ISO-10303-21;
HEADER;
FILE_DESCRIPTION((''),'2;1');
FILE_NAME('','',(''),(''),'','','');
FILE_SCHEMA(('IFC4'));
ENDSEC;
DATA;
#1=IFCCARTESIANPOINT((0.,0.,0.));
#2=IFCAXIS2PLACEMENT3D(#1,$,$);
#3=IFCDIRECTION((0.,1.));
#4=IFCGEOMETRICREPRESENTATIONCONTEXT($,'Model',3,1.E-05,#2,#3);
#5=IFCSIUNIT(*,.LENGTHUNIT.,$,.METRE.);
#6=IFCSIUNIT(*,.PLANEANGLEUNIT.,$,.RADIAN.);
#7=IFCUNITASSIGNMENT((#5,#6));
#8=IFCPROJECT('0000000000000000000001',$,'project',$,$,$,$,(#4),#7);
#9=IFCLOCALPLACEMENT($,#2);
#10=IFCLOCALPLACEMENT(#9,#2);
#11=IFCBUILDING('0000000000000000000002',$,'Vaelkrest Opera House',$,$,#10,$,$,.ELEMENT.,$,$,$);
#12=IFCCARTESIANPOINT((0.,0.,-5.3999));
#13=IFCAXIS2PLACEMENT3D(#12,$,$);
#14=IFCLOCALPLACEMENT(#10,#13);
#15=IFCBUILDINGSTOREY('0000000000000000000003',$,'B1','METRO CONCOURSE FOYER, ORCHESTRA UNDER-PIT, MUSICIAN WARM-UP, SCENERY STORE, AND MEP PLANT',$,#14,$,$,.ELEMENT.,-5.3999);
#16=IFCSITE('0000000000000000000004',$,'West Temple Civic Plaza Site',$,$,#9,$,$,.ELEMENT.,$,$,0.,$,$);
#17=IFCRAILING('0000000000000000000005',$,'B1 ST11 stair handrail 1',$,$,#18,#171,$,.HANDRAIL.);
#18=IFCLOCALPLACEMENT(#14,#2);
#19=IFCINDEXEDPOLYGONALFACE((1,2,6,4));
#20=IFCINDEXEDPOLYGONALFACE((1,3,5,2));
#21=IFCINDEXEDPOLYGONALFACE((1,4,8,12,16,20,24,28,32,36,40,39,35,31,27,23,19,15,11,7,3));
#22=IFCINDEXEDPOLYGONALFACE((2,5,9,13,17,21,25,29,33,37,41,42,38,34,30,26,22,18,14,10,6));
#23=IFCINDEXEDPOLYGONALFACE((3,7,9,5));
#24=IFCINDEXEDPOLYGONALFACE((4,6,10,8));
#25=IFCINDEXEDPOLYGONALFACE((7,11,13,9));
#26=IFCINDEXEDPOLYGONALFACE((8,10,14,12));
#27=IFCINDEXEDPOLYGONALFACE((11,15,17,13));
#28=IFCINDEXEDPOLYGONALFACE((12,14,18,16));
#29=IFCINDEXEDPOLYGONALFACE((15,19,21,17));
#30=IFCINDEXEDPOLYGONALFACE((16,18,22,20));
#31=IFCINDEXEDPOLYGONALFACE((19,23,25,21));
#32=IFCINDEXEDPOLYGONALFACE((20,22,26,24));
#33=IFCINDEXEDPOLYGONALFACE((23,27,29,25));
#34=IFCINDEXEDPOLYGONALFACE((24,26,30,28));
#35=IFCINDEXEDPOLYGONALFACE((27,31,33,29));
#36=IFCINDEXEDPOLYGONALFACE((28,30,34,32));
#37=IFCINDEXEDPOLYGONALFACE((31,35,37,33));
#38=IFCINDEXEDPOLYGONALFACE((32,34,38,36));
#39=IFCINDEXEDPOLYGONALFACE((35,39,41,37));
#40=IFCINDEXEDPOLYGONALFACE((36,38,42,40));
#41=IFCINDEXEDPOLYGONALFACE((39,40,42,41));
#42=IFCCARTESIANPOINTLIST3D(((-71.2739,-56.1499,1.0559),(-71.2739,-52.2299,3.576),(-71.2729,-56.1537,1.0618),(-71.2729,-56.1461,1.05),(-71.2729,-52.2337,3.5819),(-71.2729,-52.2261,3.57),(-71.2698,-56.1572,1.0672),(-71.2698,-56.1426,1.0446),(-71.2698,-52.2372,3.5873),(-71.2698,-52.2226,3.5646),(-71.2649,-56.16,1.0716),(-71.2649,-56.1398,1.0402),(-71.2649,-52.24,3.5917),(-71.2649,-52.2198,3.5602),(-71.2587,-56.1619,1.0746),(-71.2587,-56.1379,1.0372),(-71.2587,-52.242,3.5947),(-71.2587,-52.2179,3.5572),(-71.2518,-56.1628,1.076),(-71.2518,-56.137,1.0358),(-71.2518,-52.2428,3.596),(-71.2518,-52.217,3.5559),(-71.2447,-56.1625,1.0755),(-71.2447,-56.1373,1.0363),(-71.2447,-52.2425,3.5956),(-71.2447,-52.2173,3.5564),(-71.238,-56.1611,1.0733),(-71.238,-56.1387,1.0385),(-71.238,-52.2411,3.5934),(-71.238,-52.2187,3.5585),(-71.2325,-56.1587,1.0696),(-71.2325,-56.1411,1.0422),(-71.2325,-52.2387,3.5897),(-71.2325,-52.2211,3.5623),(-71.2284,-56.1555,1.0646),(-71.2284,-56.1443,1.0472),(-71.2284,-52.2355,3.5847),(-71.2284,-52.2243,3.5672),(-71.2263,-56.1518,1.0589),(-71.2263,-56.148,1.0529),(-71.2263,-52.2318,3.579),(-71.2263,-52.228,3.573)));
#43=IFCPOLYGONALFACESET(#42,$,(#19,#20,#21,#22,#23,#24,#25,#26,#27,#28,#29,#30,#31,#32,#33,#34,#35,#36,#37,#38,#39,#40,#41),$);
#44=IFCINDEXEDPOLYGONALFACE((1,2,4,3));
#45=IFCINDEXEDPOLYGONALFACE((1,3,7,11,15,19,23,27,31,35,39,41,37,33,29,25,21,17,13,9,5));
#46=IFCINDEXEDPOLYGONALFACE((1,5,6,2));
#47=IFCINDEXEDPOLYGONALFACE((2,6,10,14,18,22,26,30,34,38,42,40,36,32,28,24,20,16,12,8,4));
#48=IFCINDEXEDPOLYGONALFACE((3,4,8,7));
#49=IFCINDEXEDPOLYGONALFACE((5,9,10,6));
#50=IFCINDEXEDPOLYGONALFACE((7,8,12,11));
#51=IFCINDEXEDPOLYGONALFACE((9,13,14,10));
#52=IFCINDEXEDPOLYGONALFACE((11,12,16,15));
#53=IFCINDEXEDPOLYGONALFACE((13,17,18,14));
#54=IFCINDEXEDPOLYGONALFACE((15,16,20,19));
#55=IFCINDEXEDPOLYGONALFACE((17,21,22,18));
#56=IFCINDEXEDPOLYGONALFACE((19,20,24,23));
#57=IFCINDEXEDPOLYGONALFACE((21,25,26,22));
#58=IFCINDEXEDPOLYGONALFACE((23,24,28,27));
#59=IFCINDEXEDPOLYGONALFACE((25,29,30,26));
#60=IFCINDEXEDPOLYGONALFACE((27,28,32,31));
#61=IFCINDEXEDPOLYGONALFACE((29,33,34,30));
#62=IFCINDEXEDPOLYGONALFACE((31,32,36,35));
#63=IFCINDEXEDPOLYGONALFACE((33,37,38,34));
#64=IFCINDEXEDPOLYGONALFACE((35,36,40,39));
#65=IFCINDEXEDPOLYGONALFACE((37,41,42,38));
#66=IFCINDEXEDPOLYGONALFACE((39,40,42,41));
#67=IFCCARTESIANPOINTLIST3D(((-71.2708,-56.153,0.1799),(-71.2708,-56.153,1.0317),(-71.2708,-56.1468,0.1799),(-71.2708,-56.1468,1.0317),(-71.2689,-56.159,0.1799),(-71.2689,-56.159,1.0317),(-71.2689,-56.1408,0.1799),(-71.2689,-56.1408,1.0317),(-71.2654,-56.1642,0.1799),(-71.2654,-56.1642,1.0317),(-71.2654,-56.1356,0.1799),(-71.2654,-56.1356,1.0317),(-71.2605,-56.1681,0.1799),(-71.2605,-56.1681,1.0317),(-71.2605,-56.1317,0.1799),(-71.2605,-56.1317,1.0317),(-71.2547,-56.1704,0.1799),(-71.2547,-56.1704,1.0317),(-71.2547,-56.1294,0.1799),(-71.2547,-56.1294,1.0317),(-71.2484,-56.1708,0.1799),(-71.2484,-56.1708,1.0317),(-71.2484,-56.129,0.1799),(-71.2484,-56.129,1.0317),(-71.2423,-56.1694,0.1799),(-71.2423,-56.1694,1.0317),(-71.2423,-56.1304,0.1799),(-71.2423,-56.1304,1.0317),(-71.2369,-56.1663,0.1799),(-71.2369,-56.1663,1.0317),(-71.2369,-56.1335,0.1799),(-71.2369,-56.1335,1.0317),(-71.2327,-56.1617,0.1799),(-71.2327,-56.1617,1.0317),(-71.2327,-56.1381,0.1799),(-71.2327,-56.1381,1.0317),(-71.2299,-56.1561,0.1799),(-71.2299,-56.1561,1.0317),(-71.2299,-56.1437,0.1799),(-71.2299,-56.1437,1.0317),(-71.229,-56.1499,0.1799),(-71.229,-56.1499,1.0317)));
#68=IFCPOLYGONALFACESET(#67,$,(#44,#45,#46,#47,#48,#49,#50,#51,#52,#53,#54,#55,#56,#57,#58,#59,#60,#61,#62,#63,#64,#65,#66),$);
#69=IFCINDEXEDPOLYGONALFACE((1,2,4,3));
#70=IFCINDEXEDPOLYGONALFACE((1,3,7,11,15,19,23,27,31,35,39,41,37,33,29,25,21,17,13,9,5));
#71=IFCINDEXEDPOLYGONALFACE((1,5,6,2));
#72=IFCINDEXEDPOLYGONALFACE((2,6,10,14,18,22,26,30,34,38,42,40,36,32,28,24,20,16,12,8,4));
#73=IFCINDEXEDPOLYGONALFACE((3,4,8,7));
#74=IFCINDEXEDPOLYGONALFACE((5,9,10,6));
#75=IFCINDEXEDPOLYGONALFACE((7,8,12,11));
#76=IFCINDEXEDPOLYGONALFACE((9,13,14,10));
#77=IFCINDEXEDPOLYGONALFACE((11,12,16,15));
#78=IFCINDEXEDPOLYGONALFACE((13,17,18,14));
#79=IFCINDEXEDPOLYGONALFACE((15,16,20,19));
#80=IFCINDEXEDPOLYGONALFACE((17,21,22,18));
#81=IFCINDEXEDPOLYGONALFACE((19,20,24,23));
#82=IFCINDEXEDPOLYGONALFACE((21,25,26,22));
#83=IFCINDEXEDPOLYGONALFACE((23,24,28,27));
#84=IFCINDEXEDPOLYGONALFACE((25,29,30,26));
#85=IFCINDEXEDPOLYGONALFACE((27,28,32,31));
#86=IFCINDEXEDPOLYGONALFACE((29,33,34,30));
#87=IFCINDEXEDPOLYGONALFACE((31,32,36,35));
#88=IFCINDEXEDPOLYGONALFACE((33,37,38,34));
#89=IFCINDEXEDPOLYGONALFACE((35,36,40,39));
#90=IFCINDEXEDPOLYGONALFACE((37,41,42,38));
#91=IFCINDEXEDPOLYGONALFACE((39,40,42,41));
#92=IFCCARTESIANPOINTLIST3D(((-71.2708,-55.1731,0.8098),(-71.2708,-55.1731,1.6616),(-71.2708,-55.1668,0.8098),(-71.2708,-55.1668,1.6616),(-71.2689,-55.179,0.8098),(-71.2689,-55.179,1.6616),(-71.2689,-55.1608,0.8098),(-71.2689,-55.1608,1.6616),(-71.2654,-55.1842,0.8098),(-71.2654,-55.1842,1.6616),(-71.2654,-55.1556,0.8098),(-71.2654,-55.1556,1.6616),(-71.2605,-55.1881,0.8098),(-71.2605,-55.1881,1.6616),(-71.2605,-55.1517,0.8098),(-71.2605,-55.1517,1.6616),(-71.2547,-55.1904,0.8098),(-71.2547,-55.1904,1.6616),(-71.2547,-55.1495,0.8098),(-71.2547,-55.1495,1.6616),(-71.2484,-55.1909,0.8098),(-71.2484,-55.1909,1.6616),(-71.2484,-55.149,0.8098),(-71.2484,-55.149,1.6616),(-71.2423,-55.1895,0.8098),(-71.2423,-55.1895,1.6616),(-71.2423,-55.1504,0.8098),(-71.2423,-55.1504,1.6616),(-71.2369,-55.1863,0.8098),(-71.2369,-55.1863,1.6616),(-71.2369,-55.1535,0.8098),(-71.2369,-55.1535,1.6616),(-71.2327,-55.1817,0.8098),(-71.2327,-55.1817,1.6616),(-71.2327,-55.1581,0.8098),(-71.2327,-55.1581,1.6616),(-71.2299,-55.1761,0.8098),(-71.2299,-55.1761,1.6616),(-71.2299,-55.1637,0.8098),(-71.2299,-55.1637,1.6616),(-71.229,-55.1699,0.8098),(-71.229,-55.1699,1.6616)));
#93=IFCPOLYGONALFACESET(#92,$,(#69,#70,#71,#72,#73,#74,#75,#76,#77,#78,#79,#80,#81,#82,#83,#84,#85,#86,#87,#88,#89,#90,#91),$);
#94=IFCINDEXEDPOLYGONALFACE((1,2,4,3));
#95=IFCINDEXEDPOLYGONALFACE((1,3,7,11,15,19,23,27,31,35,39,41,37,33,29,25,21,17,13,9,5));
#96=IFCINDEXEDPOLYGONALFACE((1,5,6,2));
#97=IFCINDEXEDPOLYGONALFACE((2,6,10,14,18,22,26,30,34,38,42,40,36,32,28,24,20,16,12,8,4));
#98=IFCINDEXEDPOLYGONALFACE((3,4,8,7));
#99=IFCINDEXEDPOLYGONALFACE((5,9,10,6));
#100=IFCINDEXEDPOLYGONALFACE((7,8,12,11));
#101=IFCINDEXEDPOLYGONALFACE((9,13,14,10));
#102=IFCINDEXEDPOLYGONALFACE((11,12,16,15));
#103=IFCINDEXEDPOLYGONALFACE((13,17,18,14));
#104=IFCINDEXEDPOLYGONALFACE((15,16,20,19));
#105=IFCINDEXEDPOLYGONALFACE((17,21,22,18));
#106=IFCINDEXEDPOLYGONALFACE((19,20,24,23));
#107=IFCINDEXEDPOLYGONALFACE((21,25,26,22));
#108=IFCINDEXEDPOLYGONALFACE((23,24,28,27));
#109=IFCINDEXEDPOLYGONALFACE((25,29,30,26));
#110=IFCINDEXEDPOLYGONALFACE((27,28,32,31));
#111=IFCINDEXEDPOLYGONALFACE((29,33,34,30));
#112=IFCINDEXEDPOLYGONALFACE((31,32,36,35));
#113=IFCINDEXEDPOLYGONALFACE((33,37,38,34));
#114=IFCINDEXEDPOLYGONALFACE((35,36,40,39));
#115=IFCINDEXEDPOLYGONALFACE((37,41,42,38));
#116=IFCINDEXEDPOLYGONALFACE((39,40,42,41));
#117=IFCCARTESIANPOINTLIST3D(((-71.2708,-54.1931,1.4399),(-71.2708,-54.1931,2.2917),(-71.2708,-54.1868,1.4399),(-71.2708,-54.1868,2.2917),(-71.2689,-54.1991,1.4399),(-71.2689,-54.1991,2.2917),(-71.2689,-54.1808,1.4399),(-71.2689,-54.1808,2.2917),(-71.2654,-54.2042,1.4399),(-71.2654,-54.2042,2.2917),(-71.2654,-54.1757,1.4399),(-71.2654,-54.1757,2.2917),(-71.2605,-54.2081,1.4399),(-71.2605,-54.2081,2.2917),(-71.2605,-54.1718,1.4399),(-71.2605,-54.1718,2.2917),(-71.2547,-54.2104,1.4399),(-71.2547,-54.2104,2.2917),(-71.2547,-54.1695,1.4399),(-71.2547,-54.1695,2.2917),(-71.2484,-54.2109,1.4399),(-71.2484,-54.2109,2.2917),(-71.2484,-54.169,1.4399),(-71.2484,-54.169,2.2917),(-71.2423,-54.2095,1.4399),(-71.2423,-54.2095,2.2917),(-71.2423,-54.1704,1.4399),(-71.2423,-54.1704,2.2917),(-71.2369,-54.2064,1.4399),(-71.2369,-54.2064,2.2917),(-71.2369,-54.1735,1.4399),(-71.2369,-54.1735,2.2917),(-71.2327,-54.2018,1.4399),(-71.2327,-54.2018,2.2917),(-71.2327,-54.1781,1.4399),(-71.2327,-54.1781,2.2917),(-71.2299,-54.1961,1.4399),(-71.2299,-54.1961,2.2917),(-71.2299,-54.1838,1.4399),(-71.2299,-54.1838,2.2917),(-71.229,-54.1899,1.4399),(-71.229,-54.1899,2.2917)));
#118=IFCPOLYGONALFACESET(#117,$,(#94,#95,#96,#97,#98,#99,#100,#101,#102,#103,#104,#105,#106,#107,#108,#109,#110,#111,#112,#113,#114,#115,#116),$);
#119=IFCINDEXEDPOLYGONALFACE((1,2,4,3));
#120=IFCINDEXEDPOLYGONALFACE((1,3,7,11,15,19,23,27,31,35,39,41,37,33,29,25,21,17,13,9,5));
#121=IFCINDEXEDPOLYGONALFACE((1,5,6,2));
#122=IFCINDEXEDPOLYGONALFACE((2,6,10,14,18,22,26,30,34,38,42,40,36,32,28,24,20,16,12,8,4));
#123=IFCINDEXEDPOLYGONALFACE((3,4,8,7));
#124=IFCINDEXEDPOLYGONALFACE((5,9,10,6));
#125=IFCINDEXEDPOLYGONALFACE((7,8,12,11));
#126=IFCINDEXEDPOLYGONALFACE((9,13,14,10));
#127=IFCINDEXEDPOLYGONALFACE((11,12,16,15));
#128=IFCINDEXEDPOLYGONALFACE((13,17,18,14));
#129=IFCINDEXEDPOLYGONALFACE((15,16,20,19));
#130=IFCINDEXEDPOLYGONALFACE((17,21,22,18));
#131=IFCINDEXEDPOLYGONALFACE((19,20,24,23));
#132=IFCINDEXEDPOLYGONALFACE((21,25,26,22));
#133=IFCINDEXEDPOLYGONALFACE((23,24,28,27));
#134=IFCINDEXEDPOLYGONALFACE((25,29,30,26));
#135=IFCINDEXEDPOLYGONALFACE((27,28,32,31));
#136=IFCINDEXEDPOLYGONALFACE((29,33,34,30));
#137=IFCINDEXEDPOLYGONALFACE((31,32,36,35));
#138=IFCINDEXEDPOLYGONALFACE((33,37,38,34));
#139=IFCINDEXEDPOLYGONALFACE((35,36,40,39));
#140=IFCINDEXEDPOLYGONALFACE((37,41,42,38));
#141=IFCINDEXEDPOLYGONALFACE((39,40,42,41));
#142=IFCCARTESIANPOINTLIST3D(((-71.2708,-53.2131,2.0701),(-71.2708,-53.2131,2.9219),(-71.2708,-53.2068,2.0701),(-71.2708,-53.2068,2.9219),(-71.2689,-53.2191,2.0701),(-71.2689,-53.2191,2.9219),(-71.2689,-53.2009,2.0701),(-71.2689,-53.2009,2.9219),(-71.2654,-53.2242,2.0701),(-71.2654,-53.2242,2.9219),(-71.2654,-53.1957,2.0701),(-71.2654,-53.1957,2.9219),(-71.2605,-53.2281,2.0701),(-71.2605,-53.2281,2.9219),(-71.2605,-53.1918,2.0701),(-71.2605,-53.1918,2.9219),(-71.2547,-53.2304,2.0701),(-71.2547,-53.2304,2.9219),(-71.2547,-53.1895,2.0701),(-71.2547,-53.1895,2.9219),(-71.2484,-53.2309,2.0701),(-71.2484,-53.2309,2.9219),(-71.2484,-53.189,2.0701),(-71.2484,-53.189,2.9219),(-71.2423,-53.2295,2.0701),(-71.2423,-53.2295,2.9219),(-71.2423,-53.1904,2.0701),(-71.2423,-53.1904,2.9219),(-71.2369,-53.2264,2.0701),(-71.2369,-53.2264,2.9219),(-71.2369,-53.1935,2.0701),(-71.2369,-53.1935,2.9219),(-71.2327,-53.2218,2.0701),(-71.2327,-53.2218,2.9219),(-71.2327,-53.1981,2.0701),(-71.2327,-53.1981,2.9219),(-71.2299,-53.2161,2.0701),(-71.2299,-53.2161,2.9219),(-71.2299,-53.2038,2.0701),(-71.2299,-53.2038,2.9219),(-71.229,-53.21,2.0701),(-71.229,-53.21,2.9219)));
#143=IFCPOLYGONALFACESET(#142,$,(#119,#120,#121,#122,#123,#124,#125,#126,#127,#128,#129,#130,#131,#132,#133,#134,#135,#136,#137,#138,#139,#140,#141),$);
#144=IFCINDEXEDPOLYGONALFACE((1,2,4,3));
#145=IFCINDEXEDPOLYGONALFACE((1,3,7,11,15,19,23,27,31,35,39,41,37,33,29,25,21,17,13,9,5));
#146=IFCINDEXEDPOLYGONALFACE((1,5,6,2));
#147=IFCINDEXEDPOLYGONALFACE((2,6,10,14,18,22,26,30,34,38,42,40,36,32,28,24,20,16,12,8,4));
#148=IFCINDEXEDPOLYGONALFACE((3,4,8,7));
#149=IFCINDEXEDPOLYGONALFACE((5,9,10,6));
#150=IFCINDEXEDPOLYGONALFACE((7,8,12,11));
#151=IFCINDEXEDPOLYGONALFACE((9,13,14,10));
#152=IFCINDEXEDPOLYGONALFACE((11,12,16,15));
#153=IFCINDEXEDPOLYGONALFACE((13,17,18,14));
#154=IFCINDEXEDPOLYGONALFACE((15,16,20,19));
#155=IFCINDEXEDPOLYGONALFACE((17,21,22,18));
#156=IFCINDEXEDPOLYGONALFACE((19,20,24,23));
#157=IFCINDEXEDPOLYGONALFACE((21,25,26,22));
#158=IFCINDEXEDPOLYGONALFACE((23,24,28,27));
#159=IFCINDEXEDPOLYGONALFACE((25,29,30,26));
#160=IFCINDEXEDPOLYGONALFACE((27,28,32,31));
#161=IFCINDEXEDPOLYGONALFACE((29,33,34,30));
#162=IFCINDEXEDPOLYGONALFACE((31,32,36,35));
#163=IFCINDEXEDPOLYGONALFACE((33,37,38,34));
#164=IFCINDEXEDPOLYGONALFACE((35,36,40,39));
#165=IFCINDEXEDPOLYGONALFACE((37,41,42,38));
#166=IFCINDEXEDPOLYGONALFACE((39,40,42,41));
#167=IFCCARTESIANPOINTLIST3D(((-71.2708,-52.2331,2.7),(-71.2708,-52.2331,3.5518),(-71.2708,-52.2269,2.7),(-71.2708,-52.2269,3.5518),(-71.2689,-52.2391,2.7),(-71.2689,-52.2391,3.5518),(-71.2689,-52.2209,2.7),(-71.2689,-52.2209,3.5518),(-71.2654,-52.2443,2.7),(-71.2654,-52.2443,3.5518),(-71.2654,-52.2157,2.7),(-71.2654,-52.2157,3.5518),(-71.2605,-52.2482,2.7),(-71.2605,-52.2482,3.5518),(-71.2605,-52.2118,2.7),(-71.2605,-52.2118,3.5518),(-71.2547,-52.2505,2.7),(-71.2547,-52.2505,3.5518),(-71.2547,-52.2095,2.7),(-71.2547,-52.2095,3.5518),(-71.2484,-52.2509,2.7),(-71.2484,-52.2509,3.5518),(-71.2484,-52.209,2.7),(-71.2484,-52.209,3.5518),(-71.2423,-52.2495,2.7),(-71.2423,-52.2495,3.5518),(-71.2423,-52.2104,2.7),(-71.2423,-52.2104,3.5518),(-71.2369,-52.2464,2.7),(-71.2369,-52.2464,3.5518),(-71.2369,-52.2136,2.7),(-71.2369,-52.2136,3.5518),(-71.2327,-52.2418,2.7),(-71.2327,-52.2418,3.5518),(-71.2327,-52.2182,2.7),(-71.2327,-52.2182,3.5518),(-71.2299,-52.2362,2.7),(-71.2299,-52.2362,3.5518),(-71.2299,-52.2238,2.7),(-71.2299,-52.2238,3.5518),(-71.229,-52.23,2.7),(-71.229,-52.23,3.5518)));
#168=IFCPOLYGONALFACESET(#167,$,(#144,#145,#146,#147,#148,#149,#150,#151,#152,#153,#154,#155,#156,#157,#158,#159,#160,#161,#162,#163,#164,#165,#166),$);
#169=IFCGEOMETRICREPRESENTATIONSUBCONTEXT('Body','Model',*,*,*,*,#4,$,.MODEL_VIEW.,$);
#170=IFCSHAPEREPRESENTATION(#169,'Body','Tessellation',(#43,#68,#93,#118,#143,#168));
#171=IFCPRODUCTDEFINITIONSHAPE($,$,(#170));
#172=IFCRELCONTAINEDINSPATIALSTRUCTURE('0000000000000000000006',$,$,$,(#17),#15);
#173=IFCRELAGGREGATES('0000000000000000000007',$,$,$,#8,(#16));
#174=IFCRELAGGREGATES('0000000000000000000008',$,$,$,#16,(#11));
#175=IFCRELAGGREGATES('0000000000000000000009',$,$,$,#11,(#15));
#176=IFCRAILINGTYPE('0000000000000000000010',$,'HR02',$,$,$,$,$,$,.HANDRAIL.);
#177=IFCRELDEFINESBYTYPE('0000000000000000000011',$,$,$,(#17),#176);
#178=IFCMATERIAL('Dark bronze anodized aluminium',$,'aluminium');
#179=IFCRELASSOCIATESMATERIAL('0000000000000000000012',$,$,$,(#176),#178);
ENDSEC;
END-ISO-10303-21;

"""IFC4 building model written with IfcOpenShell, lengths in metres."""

from ifc_helpers import new_model, si_unit, direction, frame, origin, origin_2d, place, context, subcontext, project, spatial, circle, extrude, material, type_object, element, save


model = new_model("IFC4")

# Units and contexts
model_context = context("Model", 3, precision=1e-05, world=origin(), true_north=direction((0.0, 1.0)))
body_context = subcontext(model_context, "Body", "Model", "MODEL_VIEW")
ifc_project = project(units=[si_unit("LENGTHUNIT", "METRE"), si_unit("PLANEANGLEUNIT", "RADIAN")], contexts=[model_context])

# Site, building, storey
site_placement = place(None, origin())
site = spatial("IfcSite", under=ifc_project, at=site_placement, Name="West Temple Civic Plaza Site", CompositionType="ELEMENT", RefElevation=0.0)
building_placement = place(site_placement, origin())
building = spatial("IfcBuilding", under=site, at=building_placement, Name="Vaelkrest Opera House", CompositionType="ELEMENT")
storey_placement = place(building_placement, frame((0.0, 0.0, -5.3999)))
storey = spatial("IfcBuildingStorey", under=building, at=storey_placement, Name="B1", Description="METRO CONCOURSE FOYER, ORCHESTRA UNDER-PIT, MUSICIAN WARM-UP, SCENERY STORE, AND MEP PLANT", CompositionType="ELEMENT", Elevation=-5.3999)

# Railing
ifc_material_1 = material(Name="Dark bronze anodized aluminium", Category="aluminium")
railing_type_1 = type_object("IfcRailingType", Name="HR02", PredefinedType="HANDRAIL", material=ifc_material_1)
railing_1_placement = place(storey_placement, frame((-71.25, -56.1499, 0.1799)))
element("IfcRailing", 1, at=railing_1_placement, inside=storey, type_object=railing_type_1, Name="B1 ST11 stair handrail 1", PredefinedType="HANDRAIL", context=body_context, shape_type="SweptSolid", body=[
    extrude(circle(Radius=0.0239, at=origin_2d()), frame((0.0, 0.0, 0.876), z_axis=(0.0, 0.841172, 0.540768), x_axis=(-1.0, 0.0, 0.0)), (0.0, 0.0, 1.0), 4.6602),
    extrude(circle(Radius=0.021, at=origin_2d()), origin(), (0.0, 0.0, 1.0), 0.8518),
    extrude(circle(Radius=0.021, at=origin_2d()), frame((0.0, 0.98, 0.6299)), (0.0, 0.0, 1.0), 0.8518),
    extrude(circle(Radius=0.021, at=origin_2d()), frame((0.0, 1.96, 1.26)), (0.0, 0.0, 1.0), 0.8518),
    extrude(circle(Radius=0.021, at=origin_2d()), frame((0.0, 2.9399, 1.8901)), (0.0, 0.0, 1.0), 0.8518),
    extrude(circle(Radius=0.021, at=origin_2d()), frame((0.0, 3.9199, 2.52)), (0.0, 0.0, 1.0), 0.8518),
])

save(model, "model.ifc")
